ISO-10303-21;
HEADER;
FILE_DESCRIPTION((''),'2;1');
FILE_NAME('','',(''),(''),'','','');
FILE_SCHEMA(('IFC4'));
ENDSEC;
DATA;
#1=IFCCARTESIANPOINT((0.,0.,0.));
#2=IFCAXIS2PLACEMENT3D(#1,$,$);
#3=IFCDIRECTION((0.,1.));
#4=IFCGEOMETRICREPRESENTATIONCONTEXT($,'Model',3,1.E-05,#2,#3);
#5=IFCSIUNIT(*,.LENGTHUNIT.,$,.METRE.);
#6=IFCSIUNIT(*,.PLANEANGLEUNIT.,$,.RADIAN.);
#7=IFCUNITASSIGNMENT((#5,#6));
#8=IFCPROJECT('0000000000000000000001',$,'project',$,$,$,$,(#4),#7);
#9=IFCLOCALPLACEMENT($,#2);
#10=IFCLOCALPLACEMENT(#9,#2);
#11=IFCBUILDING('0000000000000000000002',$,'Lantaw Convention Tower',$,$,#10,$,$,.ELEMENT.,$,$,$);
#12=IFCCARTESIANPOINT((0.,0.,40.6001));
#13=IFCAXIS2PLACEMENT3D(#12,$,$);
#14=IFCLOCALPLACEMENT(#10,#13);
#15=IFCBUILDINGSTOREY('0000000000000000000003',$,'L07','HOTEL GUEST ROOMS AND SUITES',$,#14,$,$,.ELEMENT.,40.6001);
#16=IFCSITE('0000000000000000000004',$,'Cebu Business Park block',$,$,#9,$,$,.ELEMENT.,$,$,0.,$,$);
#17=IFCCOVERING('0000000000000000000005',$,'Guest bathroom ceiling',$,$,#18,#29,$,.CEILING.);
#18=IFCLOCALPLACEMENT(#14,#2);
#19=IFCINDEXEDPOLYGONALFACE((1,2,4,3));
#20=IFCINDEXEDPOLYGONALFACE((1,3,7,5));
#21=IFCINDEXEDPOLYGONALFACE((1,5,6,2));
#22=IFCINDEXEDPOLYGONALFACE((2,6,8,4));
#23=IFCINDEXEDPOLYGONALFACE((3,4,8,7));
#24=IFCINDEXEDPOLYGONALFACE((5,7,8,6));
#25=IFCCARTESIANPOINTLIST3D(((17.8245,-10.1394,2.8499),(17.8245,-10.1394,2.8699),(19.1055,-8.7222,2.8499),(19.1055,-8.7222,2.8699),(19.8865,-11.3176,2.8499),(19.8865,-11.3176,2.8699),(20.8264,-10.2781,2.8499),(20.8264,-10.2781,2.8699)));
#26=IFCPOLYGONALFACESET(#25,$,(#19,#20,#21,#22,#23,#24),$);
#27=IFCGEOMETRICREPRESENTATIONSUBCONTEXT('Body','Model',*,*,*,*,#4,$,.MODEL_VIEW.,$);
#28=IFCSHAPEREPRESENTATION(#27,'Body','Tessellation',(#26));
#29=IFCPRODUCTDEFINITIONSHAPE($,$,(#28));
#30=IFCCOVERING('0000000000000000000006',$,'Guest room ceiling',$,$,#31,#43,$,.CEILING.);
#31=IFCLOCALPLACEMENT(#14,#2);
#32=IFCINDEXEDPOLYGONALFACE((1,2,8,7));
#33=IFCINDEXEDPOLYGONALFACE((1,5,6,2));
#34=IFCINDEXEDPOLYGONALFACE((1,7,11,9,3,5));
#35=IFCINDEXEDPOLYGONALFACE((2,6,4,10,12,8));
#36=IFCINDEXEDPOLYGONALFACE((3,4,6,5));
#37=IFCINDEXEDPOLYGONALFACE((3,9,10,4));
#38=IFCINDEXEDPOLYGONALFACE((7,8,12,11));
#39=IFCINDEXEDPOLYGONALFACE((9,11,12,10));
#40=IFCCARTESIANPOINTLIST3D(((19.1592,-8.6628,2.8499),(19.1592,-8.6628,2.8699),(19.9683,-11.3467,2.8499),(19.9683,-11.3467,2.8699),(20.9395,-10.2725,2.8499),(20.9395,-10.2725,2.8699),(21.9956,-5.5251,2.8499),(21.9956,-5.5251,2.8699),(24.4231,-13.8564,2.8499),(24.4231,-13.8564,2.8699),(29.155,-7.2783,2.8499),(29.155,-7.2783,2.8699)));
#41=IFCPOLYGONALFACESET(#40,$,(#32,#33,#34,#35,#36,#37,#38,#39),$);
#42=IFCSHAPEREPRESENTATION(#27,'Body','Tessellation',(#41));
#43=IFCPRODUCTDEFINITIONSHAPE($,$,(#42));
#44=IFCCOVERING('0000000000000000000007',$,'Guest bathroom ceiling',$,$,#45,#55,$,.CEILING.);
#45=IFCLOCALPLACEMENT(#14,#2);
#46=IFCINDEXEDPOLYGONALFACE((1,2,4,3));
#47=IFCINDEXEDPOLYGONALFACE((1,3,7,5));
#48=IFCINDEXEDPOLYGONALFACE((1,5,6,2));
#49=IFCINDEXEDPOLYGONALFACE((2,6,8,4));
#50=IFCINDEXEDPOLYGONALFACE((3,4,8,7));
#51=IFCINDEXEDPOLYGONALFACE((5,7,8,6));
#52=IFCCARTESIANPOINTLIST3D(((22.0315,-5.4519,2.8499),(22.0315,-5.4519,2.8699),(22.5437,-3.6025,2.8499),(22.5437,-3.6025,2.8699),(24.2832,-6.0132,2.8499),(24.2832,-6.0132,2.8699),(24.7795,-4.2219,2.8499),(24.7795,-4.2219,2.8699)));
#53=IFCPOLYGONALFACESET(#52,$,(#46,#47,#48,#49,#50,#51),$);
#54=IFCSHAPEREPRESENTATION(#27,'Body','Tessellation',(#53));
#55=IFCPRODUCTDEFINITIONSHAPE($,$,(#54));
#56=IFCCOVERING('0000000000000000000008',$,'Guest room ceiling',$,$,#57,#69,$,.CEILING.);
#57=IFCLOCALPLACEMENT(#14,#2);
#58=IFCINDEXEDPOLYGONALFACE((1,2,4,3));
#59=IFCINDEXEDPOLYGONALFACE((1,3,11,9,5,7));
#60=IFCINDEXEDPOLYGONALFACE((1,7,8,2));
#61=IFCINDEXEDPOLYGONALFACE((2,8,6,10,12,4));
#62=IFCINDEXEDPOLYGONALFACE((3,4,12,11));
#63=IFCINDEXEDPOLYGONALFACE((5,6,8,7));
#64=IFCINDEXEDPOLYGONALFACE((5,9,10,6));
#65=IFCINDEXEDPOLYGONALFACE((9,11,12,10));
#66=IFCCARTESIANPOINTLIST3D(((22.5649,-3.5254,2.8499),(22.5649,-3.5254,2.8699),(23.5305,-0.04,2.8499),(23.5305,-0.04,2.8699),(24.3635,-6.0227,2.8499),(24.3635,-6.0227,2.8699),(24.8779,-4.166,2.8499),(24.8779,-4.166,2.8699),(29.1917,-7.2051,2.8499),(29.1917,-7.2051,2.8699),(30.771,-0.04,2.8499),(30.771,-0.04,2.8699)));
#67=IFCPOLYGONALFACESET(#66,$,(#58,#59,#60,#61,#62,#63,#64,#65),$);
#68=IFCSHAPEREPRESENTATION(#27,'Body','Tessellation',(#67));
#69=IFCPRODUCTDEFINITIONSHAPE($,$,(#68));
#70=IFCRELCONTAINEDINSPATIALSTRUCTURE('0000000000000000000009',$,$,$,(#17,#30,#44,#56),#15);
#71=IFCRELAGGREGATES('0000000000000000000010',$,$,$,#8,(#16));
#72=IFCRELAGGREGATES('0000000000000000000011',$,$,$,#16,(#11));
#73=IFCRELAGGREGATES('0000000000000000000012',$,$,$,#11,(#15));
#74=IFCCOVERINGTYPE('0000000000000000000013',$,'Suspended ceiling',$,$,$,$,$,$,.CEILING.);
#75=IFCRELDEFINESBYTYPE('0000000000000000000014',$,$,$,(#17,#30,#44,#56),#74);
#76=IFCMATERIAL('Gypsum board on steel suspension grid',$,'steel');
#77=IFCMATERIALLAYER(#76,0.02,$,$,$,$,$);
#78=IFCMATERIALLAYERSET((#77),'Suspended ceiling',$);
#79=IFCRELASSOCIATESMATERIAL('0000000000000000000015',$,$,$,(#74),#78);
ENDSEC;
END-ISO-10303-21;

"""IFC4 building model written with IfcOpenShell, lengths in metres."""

from ifc_helpers import new_model, si_unit, direction, frame, origin, place, context, subcontext, project, spatial, polyline, outline, extrude, material, layer, layer_set, type_object, element, save


model = new_model("IFC4")

# Units and contexts
model_context = context("Model", 3, precision=1e-05, world=origin(), true_north=direction((0.0, 1.0)))
body_context = subcontext(model_context, "Body", "Model", "MODEL_VIEW")
ifc_project = project(units=[si_unit("LENGTHUNIT", "METRE"), si_unit("PLANEANGLEUNIT", "RADIAN")], contexts=[model_context])

# Site, building, storey
site_placement = place(None, origin())
site = spatial("IfcSite", under=ifc_project, at=site_placement, Name="Cebu Business Park block", CompositionType="ELEMENT", RefElevation=0.0)
building_placement = place(site_placement, origin())
building = spatial("IfcBuilding", under=site, at=building_placement, Name="Lantaw Convention Tower", CompositionType="ELEMENT")
storey_placement = place(building_placement, frame((0.0, 0.0, 40.6001)))
storey = spatial("IfcBuildingStorey", under=building, at=storey_placement, Name="L07", Description="HOTEL GUEST ROOMS AND SUITES", CompositionType="ELEMENT", Elevation=40.6001)

# Coverings
ifc_material_1 = material(Name="Gypsum board on steel suspension grid", Category="steel")
ifc_layer_1 = layer(ifc_material_1, 0.02)
ifc_layer_set_1 = layer_set([ifc_layer_1], Name="Suspended ceiling")
covering_type = type_object("IfcCoveringType", Name="Suspended ceiling", PredefinedType="CEILING", material=ifc_layer_set_1)
covering_1_placement = place(storey_placement, frame((0.0, 0.0, 2.8499)))
element("IfcCovering", 1, at=covering_1_placement, inside=storey, type_object=covering_type, Name="Guest bathroom ceiling", PredefinedType="CEILING", context=body_context, shape_type="SweptSolid", body=[
    extrude(outline(polyline([(17.8245, -10.1394), (19.8865, -11.3176), (20.8264, -10.2781), (19.1055, -8.7222), (17.8245, -10.1394)])), origin(), (0.0, 0.0, 1.0), 0.02),
])
covering_2_placement = place(storey_placement, frame((0.0, 0.0, 2.8499)))
element("IfcCovering", 2, at=covering_2_placement, inside=storey, type_object=covering_type, Name="Guest room ceiling", PredefinedType="CEILING", context=body_context, shape_type="SweptSolid", body=[
    extrude(outline(polyline([(21.9956, -5.5251), (19.1592, -8.6628), (20.9395, -10.2725), (19.9683, -11.3467), (24.4231, -13.8564), (29.155, -7.2783), (21.9956, -5.5251)])), origin(), (0.0, 0.0, 1.0), 0.02),
])
covering_3_placement = place(storey_placement, frame((0.0, 0.0, 2.8499)))
element("IfcCovering", 3, at=covering_3_placement, inside=storey, type_object=covering_type, Name="Guest bathroom ceiling", PredefinedType="CEILING", context=body_context, shape_type="SweptSolid", body=[
    extrude(outline(polyline([(22.0315, -5.4519), (24.2832, -6.0132), (24.7795, -4.2219), (22.5437, -3.6025), (22.0315, -5.4519)])), origin(), (0.0, 0.0, 1.0), 0.02),
])
covering_4_placement = place(storey_placement, frame((0.0, 0.0, 2.8499)))
element("IfcCovering", 4, at=covering_4_placement, inside=storey, type_object=covering_type, Name="Guest room ceiling", PredefinedType="CEILING", context=body_context, shape_type="SweptSolid", body=[
    extrude(outline(polyline([(22.5649, -3.5254), (24.8779, -4.166), (24.3635, -6.0227), (29.1917, -7.2051), (30.771, -0.04), (23.5305, -0.04), (22.5649, -3.5254)])), origin(), (0.0, 0.0, 1.0), 0.02),
])

save(model, "model.ifc")
